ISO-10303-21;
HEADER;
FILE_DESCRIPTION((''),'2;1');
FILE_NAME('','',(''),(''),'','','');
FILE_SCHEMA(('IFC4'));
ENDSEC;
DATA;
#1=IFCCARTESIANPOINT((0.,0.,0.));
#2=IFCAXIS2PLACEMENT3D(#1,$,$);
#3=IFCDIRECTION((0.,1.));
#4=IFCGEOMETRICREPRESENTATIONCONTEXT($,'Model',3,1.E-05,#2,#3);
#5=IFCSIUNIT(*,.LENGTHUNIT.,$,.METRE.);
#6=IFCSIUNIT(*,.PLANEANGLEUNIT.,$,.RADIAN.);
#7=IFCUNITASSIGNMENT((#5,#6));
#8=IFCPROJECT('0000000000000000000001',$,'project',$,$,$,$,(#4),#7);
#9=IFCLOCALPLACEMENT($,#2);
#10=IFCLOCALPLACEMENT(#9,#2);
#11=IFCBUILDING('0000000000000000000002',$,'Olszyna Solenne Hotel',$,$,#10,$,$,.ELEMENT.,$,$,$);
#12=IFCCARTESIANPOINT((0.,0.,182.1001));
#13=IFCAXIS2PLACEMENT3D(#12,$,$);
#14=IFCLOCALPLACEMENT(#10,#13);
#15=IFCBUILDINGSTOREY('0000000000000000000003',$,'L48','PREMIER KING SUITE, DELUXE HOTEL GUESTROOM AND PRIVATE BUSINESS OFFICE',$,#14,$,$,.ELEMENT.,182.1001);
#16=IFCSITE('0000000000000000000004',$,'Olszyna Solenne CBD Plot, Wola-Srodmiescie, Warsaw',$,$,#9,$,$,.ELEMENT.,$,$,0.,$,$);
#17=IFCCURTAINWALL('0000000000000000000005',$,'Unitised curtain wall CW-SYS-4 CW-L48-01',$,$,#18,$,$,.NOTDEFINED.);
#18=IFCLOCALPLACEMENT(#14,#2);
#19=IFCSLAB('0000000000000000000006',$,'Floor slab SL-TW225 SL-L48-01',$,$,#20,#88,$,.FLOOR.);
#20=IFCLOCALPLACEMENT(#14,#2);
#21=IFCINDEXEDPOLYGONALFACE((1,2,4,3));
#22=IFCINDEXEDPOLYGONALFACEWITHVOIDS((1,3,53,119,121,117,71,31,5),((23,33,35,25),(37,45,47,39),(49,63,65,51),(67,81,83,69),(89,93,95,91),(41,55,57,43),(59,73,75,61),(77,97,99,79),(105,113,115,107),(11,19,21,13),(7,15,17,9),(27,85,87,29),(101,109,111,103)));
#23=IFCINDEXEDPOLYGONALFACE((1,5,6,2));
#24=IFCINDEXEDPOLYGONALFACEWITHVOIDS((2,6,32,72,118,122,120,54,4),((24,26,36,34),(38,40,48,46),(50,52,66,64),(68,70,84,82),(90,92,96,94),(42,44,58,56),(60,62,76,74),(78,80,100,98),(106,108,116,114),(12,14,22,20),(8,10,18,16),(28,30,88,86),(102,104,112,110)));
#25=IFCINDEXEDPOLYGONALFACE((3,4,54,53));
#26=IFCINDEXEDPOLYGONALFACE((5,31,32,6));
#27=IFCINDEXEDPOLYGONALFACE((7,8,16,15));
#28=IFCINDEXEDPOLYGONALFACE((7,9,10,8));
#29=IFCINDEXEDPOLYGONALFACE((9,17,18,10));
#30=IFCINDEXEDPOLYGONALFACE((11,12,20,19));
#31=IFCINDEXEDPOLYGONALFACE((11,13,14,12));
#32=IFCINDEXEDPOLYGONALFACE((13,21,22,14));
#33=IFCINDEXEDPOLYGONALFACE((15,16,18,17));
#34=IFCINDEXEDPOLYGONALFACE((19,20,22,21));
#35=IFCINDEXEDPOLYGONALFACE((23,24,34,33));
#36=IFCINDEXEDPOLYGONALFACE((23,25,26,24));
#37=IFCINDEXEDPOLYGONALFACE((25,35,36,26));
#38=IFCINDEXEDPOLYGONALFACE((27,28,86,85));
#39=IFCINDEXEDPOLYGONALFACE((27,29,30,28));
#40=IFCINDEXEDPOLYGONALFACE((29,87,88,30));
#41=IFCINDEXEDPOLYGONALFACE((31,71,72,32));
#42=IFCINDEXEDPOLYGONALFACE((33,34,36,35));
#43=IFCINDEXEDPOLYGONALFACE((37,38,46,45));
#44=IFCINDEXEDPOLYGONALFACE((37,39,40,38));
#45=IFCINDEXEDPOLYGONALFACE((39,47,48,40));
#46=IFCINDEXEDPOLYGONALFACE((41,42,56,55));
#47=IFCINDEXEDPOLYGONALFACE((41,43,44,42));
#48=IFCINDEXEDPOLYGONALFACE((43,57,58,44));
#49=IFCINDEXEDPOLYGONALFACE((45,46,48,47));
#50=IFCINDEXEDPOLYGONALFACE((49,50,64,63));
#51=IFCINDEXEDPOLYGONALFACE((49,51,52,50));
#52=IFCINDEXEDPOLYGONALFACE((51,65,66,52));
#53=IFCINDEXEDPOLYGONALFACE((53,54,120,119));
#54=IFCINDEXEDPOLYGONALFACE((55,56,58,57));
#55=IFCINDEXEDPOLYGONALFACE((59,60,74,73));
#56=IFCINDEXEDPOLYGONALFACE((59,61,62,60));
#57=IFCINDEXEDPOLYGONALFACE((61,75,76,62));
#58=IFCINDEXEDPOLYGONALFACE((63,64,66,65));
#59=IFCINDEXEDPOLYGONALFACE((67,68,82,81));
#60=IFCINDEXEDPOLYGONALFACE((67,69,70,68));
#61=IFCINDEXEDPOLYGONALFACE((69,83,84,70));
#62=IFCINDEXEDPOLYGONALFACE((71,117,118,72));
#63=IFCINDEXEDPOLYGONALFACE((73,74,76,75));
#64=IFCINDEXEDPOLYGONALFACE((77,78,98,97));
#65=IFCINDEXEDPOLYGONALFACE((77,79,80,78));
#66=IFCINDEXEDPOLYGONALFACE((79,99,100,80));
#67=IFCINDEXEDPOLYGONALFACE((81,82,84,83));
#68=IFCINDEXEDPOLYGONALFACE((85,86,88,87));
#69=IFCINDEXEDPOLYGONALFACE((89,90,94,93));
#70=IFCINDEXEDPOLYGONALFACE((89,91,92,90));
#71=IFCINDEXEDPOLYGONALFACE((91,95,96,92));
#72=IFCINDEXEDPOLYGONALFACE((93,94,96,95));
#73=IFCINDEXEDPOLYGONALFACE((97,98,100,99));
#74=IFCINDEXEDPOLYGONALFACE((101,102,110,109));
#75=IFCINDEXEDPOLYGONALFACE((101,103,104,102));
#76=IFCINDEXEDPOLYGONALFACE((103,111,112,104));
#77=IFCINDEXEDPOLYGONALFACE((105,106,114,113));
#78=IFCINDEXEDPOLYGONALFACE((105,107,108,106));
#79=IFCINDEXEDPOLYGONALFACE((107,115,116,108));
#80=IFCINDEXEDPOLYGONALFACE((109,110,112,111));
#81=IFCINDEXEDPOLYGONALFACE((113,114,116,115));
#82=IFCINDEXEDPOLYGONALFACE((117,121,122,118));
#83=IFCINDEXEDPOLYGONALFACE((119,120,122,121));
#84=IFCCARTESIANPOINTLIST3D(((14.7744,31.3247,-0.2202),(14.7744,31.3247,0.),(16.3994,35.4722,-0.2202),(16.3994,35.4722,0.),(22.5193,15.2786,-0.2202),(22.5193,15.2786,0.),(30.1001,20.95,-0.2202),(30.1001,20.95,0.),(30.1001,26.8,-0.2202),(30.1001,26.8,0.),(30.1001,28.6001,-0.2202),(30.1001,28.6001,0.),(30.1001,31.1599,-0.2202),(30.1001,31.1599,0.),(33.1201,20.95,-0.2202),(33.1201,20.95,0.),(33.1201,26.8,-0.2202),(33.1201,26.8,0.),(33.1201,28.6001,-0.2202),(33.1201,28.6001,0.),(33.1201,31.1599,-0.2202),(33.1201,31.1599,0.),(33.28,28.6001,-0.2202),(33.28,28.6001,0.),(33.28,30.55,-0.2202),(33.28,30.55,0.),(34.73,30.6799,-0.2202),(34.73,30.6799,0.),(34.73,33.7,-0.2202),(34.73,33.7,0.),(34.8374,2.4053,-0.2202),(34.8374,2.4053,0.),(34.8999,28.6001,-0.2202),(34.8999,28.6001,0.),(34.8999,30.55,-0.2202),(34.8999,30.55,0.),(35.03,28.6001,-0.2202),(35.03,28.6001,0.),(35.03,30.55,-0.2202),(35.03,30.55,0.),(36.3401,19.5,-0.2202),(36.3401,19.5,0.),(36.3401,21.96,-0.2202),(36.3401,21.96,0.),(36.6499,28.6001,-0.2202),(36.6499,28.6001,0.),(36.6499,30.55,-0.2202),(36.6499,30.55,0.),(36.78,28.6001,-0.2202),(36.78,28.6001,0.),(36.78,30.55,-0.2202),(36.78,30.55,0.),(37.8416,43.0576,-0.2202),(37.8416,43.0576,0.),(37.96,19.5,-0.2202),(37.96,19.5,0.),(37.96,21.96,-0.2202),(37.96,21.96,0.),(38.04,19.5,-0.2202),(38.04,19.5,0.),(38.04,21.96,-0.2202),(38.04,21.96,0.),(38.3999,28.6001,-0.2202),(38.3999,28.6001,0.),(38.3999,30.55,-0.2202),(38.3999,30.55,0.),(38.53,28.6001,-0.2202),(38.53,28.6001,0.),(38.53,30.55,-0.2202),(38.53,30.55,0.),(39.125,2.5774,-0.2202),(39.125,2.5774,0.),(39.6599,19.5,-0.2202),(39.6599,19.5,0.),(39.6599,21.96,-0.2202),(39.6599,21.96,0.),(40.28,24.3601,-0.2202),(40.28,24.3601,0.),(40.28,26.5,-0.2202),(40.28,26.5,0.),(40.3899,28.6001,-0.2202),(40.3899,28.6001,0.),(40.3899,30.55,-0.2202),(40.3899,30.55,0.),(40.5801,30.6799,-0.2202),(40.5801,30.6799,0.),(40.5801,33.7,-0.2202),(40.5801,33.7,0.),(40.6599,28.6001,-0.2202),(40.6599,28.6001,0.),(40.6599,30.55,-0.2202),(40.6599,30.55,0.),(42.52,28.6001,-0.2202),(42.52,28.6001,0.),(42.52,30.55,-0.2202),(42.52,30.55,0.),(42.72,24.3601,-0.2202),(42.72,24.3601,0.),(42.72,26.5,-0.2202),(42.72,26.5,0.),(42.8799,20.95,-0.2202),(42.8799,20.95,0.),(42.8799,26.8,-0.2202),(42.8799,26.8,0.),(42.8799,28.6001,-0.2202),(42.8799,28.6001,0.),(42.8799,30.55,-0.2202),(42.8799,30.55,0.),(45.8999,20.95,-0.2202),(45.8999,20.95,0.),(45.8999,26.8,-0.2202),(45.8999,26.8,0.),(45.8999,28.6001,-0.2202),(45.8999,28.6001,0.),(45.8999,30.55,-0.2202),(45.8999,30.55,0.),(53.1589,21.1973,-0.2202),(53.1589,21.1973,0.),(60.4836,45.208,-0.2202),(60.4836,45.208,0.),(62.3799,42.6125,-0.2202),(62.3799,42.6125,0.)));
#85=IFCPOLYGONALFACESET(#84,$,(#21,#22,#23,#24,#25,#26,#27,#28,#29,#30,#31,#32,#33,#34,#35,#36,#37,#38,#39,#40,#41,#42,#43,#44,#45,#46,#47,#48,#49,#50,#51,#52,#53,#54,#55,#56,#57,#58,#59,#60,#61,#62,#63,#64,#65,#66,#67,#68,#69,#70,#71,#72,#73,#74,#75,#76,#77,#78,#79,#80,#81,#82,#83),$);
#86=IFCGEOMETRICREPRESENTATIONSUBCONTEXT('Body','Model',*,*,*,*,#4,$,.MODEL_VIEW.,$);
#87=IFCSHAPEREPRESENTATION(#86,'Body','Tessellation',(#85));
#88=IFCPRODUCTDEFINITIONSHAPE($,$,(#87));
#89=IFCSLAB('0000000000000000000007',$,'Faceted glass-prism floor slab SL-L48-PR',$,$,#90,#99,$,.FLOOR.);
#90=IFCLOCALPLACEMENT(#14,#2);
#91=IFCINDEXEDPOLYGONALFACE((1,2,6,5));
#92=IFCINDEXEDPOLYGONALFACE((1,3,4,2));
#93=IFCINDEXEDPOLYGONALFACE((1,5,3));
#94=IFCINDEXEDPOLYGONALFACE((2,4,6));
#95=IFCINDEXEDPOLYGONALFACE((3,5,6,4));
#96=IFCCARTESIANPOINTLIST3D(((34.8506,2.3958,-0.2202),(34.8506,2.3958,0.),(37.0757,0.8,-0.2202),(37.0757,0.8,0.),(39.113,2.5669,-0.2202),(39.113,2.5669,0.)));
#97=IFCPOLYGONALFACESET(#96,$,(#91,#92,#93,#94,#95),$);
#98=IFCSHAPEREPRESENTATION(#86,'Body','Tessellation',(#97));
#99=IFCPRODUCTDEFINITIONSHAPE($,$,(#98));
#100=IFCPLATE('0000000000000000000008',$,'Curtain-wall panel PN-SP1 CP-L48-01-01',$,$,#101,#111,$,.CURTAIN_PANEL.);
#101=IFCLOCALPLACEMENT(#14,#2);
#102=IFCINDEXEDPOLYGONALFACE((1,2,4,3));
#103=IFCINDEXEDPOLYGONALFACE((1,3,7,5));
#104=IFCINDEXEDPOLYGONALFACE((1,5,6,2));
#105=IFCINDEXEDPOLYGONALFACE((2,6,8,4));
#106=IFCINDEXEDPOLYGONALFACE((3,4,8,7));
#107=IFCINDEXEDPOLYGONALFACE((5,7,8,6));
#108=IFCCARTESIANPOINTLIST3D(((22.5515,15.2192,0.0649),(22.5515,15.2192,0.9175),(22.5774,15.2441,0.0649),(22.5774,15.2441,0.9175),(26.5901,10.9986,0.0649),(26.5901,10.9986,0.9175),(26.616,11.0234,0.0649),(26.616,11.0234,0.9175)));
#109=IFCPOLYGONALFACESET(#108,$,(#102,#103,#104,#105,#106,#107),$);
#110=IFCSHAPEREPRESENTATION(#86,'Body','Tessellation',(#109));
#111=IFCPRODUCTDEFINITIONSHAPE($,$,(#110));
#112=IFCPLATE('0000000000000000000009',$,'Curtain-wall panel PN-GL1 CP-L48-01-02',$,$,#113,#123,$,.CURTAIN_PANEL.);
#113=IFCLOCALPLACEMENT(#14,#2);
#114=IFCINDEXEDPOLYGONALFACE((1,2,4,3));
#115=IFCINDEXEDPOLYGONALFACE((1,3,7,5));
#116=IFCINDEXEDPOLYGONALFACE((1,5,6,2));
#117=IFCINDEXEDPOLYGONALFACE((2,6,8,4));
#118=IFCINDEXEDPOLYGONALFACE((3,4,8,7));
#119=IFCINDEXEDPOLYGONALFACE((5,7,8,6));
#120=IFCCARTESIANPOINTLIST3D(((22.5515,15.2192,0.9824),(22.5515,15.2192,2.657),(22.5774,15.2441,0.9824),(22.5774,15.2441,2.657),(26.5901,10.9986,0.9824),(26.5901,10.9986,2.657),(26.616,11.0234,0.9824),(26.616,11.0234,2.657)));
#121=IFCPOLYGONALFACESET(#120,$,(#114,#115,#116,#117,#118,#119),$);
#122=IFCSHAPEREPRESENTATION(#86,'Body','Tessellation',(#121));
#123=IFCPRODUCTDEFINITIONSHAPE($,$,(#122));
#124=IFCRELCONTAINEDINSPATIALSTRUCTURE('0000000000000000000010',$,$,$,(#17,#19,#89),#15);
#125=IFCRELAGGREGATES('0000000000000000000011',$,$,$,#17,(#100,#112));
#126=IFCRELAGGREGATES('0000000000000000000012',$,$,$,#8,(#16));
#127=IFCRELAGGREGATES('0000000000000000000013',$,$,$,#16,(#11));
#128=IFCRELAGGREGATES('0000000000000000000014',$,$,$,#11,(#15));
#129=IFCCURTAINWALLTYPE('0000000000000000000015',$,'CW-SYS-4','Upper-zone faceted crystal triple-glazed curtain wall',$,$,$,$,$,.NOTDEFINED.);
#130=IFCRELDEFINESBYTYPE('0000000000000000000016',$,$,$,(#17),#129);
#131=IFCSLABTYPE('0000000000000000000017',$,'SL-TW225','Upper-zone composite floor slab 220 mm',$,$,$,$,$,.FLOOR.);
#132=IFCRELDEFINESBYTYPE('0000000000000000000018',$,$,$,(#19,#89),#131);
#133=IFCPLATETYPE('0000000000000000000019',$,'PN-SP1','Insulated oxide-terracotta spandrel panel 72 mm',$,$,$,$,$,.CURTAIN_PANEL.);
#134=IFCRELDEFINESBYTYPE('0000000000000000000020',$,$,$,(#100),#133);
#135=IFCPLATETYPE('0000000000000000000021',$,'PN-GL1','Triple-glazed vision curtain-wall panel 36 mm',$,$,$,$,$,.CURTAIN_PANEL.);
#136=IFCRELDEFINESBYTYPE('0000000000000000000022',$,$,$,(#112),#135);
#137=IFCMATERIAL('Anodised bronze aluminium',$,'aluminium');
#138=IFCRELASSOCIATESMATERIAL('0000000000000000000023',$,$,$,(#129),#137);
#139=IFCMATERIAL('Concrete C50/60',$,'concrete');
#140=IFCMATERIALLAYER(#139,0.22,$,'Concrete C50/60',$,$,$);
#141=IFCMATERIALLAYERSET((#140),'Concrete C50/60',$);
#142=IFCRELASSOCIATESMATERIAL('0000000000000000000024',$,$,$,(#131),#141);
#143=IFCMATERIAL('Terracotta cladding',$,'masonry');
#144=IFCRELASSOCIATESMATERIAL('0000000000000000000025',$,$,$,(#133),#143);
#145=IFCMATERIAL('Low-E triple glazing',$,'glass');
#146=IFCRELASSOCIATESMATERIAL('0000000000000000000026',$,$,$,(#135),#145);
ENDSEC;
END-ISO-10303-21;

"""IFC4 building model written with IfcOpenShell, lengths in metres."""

from ifc_helpers import new_model, si_unit, direction, frame, origin, origin_2d, place, context, subcontext, project, spatial, polyline, rectangle, outline, extrude, source, transform, mapped, material, layer, layer_set, type_object, element, aggregate, save


model = new_model("IFC4")

# Units and contexts
model_context = context("Model", 3, precision=1e-05, world=origin(), true_north=direction((0.0, 1.0)))
body_context = subcontext(model_context, "Body", "Model", "MODEL_VIEW")
ifc_project = project(units=[si_unit("LENGTHUNIT", "METRE"), si_unit("PLANEANGLEUNIT", "RADIAN")], contexts=[model_context])

# Site, building, storey
site_placement = place(None, origin())
site = spatial("IfcSite", under=ifc_project, at=site_placement, Name="Olszyna Solenne CBD Plot, Wola-Srodmiescie, Warsaw", CompositionType="ELEMENT", RefElevation=0.0)
building_placement = place(site_placement, origin())
building = spatial("IfcBuilding", under=site, at=building_placement, Name="Olszyna Solenne Hotel", CompositionType="ELEMENT")
storey_placement = place(building_placement, frame((0.0, 0.0, 182.1001)))
storey = spatial("IfcBuildingStorey", under=building, at=storey_placement, Name="L48", Description="PREMIER KING SUITE, DELUXE HOTEL GUESTROOM AND PRIVATE BUSINESS OFFICE", CompositionType="ELEMENT", Elevation=182.1001)

# Curtain wall
ifc_material_1 = material(Name="Anodised bronze aluminium", Category="aluminium")
curtain_wall_type = type_object("IfcCurtainWallType", Name="CW-SYS-4", Description="Upper-zone faceted crystal triple-glazed curtain wall", PredefinedType="NOTDEFINED", material=ifc_material_1)
curtain_wall_placement = place(storey_placement, origin())
curtain_wall = element("IfcCurtainWall", 1, at=curtain_wall_placement, inside=storey, type_object=curtain_wall_type, Name="Unitised curtain wall CW-SYS-4 CW-L48-01", PredefinedType="NOTDEFINED")

# Slabs
ifc_material_2 = material(Name="Concrete C50/60", Category="concrete")
ifc_layer_1 = layer(ifc_material_2, 0.22, Name="Concrete C50/60")
ifc_layer_set_1 = layer_set([ifc_layer_1], Name="Concrete C50/60")
slab_type_1 = type_object("IfcSlabType", Name="SL-TW225", Description="Upper-zone composite floor slab 220 mm", PredefinedType="FLOOR", material=ifc_layer_set_1)
slab_1_placement = place(storey_placement, frame((0.0, 0.0, -0.2202)))
element("IfcSlab", 2, at=slab_1_placement, inside=storey, type_object=slab_type_1, Name="Floor slab SL-TW225 SL-L48-01", PredefinedType="FLOOR", context=body_context, shape_type="SweptSolid", body=[
    extrude(outline(polyline([(62.3799, 42.6125), (60.4836, 45.208), (37.8416, 43.0576), (16.3994, 35.4722), (14.7744, 31.3247), (22.5193, 15.2786), (34.8374, 2.4053), (39.125, 2.5774), (53.1589, 21.1973), (62.3799, 42.6125)]), holes=[polyline([(30.1001, 20.95), (33.1201, 20.95), (33.1201, 26.8), (30.1001, 26.8), (30.1001, 20.95)]), polyline([(42.8799, 20.95), (45.8999, 20.95), (45.8999, 26.8), (42.8799, 26.8), (42.8799, 20.95)]), polyline([(34.73, 30.6799), (40.5801, 30.6799), (40.5801, 33.7), (34.73, 33.7), (34.73, 30.6799)]), polyline([(36.3401, 19.5), (37.96, 19.5), (37.96, 21.96), (36.3401, 21.96), (36.3401, 19.5)]), polyline([(38.04, 19.5), (39.6599, 19.5), (39.6599, 21.96), (38.04, 21.96), (38.04, 19.5)]), polyline([(30.1001, 28.6001), (33.1201, 28.6001), (33.1201, 31.1599), (30.1001, 31.1599), (30.1001, 28.6001)]), polyline([(40.28, 24.3601), (42.72, 24.3601), (42.72, 26.5), (40.28, 26.5), (40.28, 24.3601)]), polyline([(33.28, 28.6001), (34.8999, 28.6001), (34.8999, 30.55), (33.28, 30.55), (33.28, 28.6001)]), polyline([(35.03, 28.6001), (36.6499, 28.6001), (36.6499, 30.55), (35.03, 30.55), (35.03, 28.6001)]), polyline([(36.78, 28.6001), (38.3999, 28.6001), (38.3999, 30.55), (36.78, 30.55), (36.78, 28.6001)]), polyline([(38.53, 28.6001), (40.3899, 28.6001), (40.3899, 30.55), (38.53, 30.55), (38.53, 28.6001)]), polyline([(40.6599, 28.6001), (42.52, 28.6001), (42.52, 30.55), (40.6599, 30.55), (40.6599, 28.6001)]), polyline([(42.8799, 28.6001), (45.8999, 28.6001), (45.8999, 30.55), (42.8799, 30.55), (42.8799, 28.6001)])]), origin(), (0.0, 0.0, 1.0), 0.2202),
])
slab_2_placement = place(storey_placement, frame((0.0, 0.0, -0.2202)))
element("IfcSlab", 3, at=slab_2_placement, inside=storey, type_object=slab_type_1, Name="Faceted glass-prism floor slab SL-L48-PR", PredefinedType="FLOOR", context=body_context, shape_type="SweptSolid", body=[
    extrude(outline(polyline([(39.113, 2.5669), (34.8506, 2.3958), (37.0757, 0.8), (39.113, 2.5669)])), origin(), (0.0, 0.0, 1.0), 0.2202),
])

# Plates
ifc_material_3 = material(Name="Terracotta cladding", Category="masonry")
plate_type_1 = type_object("IfcPlateType", Name="PN-SP1", Description="Insulated oxide-terracotta spandrel panel 72 mm", PredefinedType="CURTAIN_PANEL", material=ifc_material_3)
shared_shape_1 = source(origin(), body_context, "Body", "SweptSolid", [
    extrude(rectangle(XDim=5.8416, YDim=0.0359, at=origin_2d()), origin(), (0.0, 0.0, 1.0), 0.8525),
])
plate_1_placement = place(storey_placement, frame((24.5837, 13.1213, 0.0649), z_axis=(0.0, 0.0, 1.0), x_axis=(0.691352, -0.722518, 0.0)))
plate_1 = element("IfcPlate", 4, at=plate_1_placement, type_object=plate_type_1, Name="Curtain-wall panel PN-SP1 CP-L48-01-01", PredefinedType="CURTAIN_PANEL", context=body_context, shape_type="MappedRepresentation", body=[
    mapped(shared_shape_1, transform((0.0, 0.0, 0.0), x_axis=(1.0, 0.0, 0.0), y_axis=(0.0, 1.0, 0.0), z_axis=(0.0, 0.0, 1.0), scale=1.0)),
])
ifc_material_4 = material(Name="Low-E triple glazing", Category="glass")
plate_type_2 = type_object("IfcPlateType", Name="PN-GL1", Description="Triple-glazed vision curtain-wall panel 36 mm", PredefinedType="CURTAIN_PANEL", material=ifc_material_4)
shared_shape_2 = source(origin(), body_context, "Body", "SweptSolid", [
    extrude(rectangle(XDim=5.8416, YDim=0.0359, at=origin_2d()), origin(), (0.0, 0.0, 1.0), 1.6746),
])
plate_2_placement = place(storey_placement, frame((24.5837, 13.1213, 0.9824), z_axis=(0.0, 0.0, 1.0), x_axis=(0.691352, -0.722518, 0.0)))
plate_2 = element("IfcPlate", 5, at=plate_2_placement, type_object=plate_type_2, Name="Curtain-wall panel PN-GL1 CP-L48-01-02", PredefinedType="CURTAIN_PANEL", context=body_context, shape_type="MappedRepresentation", body=[
    mapped(shared_shape_2, transform((0.0, 0.0, 0.0), x_axis=(1.0, 0.0, 0.0), y_axis=(0.0, 1.0, 0.0), z_axis=(0.0, 0.0, 1.0), scale=1.0)),
])
aggregate(curtain_wall, [plate_1, plate_2])

save(model, "model.ifc")
